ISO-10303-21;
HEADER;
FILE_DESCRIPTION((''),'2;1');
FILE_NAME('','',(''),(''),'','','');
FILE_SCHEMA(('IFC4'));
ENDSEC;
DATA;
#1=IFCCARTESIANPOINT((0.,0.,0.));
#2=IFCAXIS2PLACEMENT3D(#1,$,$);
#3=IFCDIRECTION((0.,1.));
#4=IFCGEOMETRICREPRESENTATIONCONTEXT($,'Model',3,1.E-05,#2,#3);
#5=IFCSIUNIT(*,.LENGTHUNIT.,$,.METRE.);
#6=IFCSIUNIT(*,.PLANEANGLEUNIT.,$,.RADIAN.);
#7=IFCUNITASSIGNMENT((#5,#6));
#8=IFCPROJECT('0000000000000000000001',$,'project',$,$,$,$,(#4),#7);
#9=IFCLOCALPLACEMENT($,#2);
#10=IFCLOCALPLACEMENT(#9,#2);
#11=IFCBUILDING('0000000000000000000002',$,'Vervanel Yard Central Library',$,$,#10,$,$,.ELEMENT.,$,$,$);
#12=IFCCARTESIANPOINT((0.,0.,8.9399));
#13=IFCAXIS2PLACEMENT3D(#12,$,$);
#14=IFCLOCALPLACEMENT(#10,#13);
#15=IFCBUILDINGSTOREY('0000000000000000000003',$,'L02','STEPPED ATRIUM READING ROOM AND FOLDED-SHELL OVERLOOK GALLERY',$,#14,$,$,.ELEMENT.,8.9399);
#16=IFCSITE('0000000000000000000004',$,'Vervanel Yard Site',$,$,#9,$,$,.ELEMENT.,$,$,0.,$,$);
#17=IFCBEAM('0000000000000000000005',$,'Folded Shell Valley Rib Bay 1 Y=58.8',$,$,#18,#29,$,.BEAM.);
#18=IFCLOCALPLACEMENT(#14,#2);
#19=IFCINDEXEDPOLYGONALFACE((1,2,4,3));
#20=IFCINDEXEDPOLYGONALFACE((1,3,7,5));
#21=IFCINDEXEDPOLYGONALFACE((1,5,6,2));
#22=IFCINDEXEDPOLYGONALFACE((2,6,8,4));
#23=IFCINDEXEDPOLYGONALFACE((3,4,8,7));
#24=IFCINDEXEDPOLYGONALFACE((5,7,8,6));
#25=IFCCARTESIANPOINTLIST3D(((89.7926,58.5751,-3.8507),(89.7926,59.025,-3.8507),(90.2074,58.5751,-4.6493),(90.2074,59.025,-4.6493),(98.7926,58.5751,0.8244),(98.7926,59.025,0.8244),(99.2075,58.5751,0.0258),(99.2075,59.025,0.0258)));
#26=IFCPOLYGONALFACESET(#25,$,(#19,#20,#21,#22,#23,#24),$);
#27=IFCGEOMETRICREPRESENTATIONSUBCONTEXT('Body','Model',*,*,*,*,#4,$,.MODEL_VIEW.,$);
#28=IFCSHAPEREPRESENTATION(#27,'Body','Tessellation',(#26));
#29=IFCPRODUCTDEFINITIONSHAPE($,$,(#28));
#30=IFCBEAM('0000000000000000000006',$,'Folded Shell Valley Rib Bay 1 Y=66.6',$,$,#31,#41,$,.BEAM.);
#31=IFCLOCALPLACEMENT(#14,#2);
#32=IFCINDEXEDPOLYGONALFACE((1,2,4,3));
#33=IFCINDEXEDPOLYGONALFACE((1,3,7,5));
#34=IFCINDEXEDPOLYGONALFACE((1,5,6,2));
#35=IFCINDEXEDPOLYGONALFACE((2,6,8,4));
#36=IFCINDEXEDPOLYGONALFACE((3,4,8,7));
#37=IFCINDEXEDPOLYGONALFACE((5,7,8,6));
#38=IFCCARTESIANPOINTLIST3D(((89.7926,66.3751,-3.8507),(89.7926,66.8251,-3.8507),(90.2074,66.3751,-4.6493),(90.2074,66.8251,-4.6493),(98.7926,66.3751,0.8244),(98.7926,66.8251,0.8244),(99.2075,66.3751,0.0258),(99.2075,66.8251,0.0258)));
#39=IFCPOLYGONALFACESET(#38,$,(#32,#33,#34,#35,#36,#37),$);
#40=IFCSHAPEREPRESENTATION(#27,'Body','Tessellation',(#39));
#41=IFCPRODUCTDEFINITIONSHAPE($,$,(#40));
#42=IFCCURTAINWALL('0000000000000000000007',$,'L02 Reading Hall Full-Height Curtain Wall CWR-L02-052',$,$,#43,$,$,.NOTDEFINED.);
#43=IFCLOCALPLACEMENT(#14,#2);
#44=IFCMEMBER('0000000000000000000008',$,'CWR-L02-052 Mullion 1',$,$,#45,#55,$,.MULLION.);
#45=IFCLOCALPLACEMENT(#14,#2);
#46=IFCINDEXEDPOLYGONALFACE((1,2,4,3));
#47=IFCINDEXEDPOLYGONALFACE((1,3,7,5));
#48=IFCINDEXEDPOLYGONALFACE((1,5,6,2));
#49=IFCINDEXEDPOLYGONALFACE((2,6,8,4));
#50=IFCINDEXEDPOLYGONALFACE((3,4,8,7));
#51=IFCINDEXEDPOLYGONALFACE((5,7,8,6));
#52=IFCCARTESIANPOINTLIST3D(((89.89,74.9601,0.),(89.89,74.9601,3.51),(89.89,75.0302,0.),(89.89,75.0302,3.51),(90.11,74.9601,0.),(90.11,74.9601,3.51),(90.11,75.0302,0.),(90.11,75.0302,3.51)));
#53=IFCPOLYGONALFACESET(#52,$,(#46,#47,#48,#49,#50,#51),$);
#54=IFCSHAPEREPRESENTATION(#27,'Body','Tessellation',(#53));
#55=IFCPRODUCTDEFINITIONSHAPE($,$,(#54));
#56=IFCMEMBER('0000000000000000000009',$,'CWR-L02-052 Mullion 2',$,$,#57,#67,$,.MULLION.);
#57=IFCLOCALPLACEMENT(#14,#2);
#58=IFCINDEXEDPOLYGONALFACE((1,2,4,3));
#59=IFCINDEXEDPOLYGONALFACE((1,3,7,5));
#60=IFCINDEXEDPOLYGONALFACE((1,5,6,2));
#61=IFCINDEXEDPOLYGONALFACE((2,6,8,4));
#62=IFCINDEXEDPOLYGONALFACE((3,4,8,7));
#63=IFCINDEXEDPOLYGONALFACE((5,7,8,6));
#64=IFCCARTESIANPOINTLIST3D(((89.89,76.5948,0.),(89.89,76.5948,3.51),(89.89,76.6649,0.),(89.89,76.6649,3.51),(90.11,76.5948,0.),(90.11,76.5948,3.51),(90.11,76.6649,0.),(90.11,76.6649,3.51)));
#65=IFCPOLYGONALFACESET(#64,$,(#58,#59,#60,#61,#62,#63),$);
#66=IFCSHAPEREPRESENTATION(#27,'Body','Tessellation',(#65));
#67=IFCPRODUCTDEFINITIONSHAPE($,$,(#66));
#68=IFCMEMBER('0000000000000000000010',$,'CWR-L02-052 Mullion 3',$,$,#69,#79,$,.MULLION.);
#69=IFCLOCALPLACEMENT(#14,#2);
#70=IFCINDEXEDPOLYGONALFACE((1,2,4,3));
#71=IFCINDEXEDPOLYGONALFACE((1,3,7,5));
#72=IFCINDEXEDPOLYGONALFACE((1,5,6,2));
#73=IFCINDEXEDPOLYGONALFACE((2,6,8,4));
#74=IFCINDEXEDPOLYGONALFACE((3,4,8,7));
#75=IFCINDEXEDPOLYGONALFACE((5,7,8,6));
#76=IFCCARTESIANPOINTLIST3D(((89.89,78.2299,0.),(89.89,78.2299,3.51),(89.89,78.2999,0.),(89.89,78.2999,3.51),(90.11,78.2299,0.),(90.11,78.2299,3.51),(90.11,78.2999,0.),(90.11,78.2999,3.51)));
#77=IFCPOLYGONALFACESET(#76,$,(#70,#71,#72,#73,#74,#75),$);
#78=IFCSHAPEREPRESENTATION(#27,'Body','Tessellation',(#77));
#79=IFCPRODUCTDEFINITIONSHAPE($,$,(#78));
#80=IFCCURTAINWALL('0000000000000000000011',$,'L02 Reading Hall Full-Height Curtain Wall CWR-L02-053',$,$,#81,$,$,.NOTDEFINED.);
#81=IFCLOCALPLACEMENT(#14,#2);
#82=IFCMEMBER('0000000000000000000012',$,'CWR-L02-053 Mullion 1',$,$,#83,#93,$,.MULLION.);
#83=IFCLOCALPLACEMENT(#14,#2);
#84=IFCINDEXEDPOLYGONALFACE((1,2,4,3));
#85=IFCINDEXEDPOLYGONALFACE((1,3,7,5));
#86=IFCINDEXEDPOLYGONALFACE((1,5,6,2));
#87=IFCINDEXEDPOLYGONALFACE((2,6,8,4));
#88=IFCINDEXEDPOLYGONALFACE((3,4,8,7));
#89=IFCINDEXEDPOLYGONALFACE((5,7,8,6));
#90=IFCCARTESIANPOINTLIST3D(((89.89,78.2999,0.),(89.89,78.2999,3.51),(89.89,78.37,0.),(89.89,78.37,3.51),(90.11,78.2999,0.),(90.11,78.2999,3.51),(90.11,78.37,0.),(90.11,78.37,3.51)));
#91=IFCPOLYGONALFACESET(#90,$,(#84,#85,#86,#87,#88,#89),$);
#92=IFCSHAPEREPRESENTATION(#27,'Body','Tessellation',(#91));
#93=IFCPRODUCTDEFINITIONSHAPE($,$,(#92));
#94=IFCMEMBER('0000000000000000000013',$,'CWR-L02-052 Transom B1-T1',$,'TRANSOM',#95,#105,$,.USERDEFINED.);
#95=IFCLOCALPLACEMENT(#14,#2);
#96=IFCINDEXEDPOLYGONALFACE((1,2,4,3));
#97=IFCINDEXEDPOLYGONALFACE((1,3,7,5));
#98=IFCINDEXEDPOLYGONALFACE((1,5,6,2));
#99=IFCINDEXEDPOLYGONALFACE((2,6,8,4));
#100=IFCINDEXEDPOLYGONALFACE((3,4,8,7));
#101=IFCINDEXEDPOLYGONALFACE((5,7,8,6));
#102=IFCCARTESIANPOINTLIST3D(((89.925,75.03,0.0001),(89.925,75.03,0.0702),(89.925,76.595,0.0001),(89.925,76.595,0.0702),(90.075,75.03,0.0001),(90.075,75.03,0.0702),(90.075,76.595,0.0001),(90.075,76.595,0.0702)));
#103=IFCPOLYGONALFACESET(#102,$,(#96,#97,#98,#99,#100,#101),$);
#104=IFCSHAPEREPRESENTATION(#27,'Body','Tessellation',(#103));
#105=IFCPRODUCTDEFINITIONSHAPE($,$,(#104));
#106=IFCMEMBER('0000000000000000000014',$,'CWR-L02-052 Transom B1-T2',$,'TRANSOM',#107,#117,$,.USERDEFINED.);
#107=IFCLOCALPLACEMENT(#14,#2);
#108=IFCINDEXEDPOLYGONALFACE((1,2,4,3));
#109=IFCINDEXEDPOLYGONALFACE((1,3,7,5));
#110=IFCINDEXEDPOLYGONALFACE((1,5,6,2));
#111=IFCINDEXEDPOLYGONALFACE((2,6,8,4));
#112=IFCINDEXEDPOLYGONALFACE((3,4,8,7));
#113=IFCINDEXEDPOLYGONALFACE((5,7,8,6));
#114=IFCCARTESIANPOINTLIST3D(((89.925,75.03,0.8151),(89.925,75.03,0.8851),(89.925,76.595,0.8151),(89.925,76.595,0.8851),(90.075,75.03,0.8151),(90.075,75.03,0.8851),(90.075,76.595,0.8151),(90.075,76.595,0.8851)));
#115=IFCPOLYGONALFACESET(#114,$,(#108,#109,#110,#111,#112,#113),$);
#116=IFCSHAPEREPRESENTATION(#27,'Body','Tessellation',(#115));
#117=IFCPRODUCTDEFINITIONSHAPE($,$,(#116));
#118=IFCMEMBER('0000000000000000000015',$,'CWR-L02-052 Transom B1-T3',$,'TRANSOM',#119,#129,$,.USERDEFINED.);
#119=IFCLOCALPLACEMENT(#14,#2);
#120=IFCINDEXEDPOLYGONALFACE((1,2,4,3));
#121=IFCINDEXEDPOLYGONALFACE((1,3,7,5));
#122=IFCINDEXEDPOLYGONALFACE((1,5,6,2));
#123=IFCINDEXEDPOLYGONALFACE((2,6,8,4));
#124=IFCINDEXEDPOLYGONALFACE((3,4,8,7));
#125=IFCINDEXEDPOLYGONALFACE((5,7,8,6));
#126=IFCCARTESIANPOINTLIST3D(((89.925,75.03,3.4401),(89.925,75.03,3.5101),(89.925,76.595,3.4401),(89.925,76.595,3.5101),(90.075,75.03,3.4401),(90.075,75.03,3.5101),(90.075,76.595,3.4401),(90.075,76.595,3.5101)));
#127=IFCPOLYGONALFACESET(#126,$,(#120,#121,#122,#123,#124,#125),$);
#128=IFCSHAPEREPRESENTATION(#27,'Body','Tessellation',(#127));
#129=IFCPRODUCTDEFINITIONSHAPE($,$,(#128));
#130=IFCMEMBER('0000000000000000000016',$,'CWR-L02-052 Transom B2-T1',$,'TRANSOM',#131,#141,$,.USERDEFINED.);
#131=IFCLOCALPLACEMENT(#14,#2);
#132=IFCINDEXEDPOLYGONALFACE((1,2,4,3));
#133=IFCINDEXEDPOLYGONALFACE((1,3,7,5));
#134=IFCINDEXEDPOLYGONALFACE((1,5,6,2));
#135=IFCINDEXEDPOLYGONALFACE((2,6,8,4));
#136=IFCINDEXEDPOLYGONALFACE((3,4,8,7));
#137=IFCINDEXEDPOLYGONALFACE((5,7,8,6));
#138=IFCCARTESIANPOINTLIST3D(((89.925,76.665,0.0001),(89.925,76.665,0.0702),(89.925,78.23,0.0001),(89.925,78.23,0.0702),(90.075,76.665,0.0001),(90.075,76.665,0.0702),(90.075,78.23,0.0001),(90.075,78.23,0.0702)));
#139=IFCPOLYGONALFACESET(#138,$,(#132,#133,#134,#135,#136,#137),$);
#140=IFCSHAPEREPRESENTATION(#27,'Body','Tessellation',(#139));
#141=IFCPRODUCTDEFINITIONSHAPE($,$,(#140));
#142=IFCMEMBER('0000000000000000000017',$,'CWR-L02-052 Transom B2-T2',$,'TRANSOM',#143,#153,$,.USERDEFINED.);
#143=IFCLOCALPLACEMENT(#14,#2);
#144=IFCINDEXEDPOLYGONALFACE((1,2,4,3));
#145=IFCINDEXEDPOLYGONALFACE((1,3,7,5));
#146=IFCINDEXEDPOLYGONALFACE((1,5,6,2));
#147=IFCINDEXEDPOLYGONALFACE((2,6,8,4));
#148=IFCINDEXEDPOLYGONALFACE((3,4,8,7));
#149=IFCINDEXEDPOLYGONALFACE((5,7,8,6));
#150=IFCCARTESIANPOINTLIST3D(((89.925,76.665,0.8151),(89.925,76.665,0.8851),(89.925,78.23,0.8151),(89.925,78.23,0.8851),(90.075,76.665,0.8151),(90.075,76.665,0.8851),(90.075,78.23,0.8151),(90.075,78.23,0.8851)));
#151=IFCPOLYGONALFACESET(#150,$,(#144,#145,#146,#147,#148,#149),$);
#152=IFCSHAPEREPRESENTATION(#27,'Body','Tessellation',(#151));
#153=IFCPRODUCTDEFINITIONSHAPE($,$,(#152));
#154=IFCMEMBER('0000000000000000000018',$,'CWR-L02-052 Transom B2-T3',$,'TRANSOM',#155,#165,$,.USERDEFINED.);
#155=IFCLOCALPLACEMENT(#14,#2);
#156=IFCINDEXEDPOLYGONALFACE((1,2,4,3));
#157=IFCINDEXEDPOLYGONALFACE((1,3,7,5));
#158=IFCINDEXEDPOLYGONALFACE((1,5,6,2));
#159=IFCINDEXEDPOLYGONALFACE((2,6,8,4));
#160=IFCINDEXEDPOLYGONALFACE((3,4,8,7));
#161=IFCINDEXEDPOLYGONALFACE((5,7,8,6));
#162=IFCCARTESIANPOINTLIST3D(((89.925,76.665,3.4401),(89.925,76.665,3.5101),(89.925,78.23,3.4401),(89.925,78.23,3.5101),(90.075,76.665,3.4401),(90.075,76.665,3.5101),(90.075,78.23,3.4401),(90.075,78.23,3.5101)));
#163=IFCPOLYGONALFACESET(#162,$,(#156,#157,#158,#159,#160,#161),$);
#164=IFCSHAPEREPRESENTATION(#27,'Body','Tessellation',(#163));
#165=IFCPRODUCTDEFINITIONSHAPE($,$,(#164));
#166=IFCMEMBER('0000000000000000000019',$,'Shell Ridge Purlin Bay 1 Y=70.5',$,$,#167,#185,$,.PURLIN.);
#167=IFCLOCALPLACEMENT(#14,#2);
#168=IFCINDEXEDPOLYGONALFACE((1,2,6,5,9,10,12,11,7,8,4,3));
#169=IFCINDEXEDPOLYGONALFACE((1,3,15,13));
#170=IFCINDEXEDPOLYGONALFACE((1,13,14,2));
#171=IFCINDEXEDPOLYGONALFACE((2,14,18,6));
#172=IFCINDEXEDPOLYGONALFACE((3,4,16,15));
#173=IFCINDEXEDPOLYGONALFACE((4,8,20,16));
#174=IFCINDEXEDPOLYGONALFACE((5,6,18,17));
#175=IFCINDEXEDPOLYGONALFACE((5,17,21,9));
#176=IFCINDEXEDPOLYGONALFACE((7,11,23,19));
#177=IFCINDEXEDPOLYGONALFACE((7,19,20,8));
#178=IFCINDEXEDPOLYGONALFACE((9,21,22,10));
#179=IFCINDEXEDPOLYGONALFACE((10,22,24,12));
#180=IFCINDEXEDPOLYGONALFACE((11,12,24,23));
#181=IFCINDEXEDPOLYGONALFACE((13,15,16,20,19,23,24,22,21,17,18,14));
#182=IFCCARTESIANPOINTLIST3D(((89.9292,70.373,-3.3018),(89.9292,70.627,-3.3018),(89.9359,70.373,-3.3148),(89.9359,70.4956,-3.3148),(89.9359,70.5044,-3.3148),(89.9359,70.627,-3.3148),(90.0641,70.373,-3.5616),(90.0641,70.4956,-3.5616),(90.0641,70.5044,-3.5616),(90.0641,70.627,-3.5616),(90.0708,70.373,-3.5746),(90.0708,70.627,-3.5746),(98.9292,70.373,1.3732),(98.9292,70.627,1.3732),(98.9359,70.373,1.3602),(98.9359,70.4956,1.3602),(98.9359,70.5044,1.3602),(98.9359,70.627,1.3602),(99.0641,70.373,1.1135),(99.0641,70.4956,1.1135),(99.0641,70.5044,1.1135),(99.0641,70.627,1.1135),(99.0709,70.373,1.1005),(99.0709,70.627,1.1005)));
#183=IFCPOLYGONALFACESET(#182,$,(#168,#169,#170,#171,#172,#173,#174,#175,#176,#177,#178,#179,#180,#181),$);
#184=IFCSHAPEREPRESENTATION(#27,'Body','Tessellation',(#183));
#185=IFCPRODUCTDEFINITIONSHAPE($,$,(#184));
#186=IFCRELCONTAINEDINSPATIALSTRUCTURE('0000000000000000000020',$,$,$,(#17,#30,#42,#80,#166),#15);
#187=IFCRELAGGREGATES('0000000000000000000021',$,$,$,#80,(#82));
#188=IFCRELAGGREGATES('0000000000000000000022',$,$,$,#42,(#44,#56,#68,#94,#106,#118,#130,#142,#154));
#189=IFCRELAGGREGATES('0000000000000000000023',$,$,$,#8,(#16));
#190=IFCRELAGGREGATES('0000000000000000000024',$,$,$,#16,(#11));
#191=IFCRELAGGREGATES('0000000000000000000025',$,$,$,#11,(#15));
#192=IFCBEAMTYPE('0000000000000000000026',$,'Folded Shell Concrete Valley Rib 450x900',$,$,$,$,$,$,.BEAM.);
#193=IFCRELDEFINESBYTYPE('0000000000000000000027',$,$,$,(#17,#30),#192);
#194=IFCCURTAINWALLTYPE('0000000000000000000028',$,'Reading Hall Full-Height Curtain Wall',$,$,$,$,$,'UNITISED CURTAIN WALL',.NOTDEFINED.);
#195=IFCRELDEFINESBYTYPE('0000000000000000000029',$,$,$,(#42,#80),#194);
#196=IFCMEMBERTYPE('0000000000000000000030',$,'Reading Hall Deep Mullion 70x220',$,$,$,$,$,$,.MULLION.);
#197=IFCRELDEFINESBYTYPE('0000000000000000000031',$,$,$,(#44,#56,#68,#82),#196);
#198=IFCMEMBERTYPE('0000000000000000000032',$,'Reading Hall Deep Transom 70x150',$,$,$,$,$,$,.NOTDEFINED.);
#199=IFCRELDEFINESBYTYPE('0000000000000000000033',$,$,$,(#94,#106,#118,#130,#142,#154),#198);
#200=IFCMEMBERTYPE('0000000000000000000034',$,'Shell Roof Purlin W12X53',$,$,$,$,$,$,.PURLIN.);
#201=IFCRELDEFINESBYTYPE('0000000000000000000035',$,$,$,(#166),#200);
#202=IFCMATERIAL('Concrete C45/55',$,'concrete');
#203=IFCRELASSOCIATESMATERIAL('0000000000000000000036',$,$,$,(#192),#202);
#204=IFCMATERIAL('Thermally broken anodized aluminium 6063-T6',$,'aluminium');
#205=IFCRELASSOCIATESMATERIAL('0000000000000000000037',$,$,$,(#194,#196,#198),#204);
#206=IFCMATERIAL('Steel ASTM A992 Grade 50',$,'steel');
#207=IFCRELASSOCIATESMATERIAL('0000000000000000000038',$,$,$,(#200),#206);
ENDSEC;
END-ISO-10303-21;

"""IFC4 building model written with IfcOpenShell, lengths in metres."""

from ifc_helpers import new_model, si_unit, direction, frame, origin, origin_2d, place, context, subcontext, project, spatial, rectangle, i_section, extrude, material, material_profile, profile_set, type_object, element, aggregate, save


model = new_model("IFC4")

# Units and contexts
model_context = context("Model", 3, precision=1e-05, world=origin(), true_north=direction((0.0, 1.0)))
body_context = subcontext(model_context, "Body", "Model", "MODEL_VIEW")
ifc_project = project(units=[si_unit("LENGTHUNIT", "METRE"), si_unit("PLANEANGLEUNIT", "RADIAN")], contexts=[model_context])

# Site, building, storey
site_placement = place(None, origin())
site = spatial("IfcSite", under=ifc_project, at=site_placement, Name="Vervanel Yard Site", CompositionType="ELEMENT", RefElevation=0.0)
building_placement = place(site_placement, origin())
building = spatial("IfcBuilding", under=site, at=building_placement, Name="Vervanel Yard Central Library", CompositionType="ELEMENT")
storey_placement = place(building_placement, frame((0.0, 0.0, 8.9399)))
storey = spatial("IfcBuildingStorey", under=building, at=storey_placement, Name="L02", Description="STEPPED ATRIUM READING ROOM AND FOLDED-SHELL OVERLOOK GALLERY", CompositionType="ELEMENT", Elevation=8.9399)

# Beams
ifc_material_1 = material(Name="Concrete C45/55", Category="concrete")
ifc_material_profile_1 = material_profile(ifc_material_1, rectangle(XDim=0.45, YDim=0.8999, at=origin_2d()), Name="RC 450x900", Category="concrete")
ifc_profile_set_1 = profile_set([ifc_material_profile_1], Name="Concrete C45/55")
beam_type = type_object("IfcBeamType", Name="Folded Shell Concrete Valley Rib 450x900", PredefinedType="BEAM", material=ifc_profile_set_1)
for number, where, z_axis, x_axis, name in (
    (1, (90.0, 58.8, -4.25), (0.887417, 0.0, 0.460968), (0.0, 1.0, 0.0), "Folded Shell Valley Rib Bay 1 Y=58.8"),
    (2, (90.0, 66.6001, -4.25), (0.887417, 0.0, 0.460968), (0.0, 1.0, 0.0), "Folded Shell Valley Rib Bay 1 Y=66.6"),
):
    element("IfcBeam", number, at=place(storey_placement, frame(where, z_axis=z_axis, x_axis=x_axis)), inside=storey, type_object=beam_type, Name=name, PredefinedType="BEAM", context=body_context, shape_type="SweptSolid", body=[
        extrude(rectangle(XDim=0.45, YDim=0.8999, at=origin_2d()), origin(), (0.0, 0.0, 1.0), 10.1418),
    ])

# Curtain wall, members
ifc_material_2 = material(Name="Thermally broken anodized aluminium 6063-T6", Category="aluminium")
curtain_wall_type = type_object("IfcCurtainWallType", Name="Reading Hall Full-Height Curtain Wall", ElementType="UNITISED CURTAIN WALL", PredefinedType="NOTDEFINED", material=ifc_material_2)
curtain_wall_1_placement = place(storey_placement, origin())
curtain_wall_1 = element("IfcCurtainWall", 3, at=curtain_wall_1_placement, inside=storey, type_object=curtain_wall_type, Name="L02 Reading Hall Full-Height Curtain Wall CWR-L02-052", PredefinedType="NOTDEFINED")
ifc_material_profile_2 = material_profile(ifc_material_2, rectangle(XDim=0.0701, YDim=0.22, at=origin_2d()), Name="ALU 70x220", Category="aluminium")
ifc_profile_set_2 = profile_set([ifc_material_profile_2], Name="Thermally broken anodized aluminium 6063-T6")
member_type_1 = type_object("IfcMemberType", Name="Reading Hall Deep Mullion 70x220", PredefinedType="MULLION", material=ifc_profile_set_2)
member_1_placement = place(storey_placement, frame((90.0, 74.9951, 0.0), z_axis=(0.0, 0.0, 1.0), x_axis=(0.0, 1.0, 0.0)))
member_1 = element("IfcMember", 4, at=member_1_placement, type_object=member_type_1, Name="CWR-L02-052 Mullion 1", PredefinedType="MULLION", context=body_context, shape_type="SweptSolid", body=[
    extrude(rectangle(XDim=0.0701, YDim=0.22, at=origin_2d()), origin(), (0.0, 0.0, 1.0), 3.51),
])
member_2_placement = place(storey_placement, frame((90.0, 76.6299, 0.0), z_axis=(0.0, 0.0, 1.0), x_axis=(0.0, 1.0, 0.0)))
member_2 = element("IfcMember", 5, at=member_2_placement, type_object=member_type_1, Name="CWR-L02-052 Mullion 2", PredefinedType="MULLION", context=body_context, shape_type="SweptSolid", body=[
    extrude(rectangle(XDim=0.0701, YDim=0.22, at=origin_2d()), origin(), (0.0, 0.0, 1.0), 3.51),
])
member_3_placement = place(storey_placement, frame((90.0, 78.2649, 0.0), z_axis=(0.0, 0.0, 1.0), x_axis=(0.0, 1.0, 0.0)))
member_3 = element("IfcMember", 6, at=member_3_placement, type_object=member_type_1, Name="CWR-L02-052 Mullion 3", PredefinedType="MULLION", context=body_context, shape_type="SweptSolid", body=[
    extrude(rectangle(XDim=0.0701, YDim=0.22, at=origin_2d()), origin(), (0.0, 0.0, 1.0), 3.51),
])

# Curtain wall, member
curtain_wall_2_placement = place(storey_placement, origin())
curtain_wall_2 = element("IfcCurtainWall", 7, at=curtain_wall_2_placement, inside=storey, type_object=curtain_wall_type, Name="L02 Reading Hall Full-Height Curtain Wall CWR-L02-053", PredefinedType="NOTDEFINED")
member_4_placement = place(storey_placement, frame((90.0, 78.335, 0.0), z_axis=(0.0, 0.0, 1.0), x_axis=(0.0, 1.0, 0.0)))
member_4 = element("IfcMember", 8, at=member_4_placement, type_object=member_type_1, Name="CWR-L02-053 Mullion 1", PredefinedType="MULLION", context=body_context, shape_type="SweptSolid", body=[
    extrude(rectangle(XDim=0.0701, YDim=0.22, at=origin_2d()), origin(), (0.0, 0.0, 1.0), 3.51),
])
aggregate(curtain_wall_2, [member_4])

# Members
ifc_material_profile_3 = material_profile(ifc_material_2, rectangle(XDim=0.0701, YDim=0.1499, at=origin_2d()), Name="ALU 70x150", Category="aluminium")
ifc_profile_set_3 = profile_set([ifc_material_profile_3], Name="Thermally broken anodized aluminium 6063-T6")
member_type_2 = type_object("IfcMemberType", Name="Reading Hall Deep Transom 70x150", PredefinedType="NOTDEFINED", material=ifc_profile_set_3)
member_5_placement = place(storey_placement, frame((90.0, 75.03, 0.0352), z_axis=(0.0, 1.0, 0.0), x_axis=(0.0, 0.0, 1.0)))
member_5 = element("IfcMember", 9, at=member_5_placement, type_object=member_type_2, Name="CWR-L02-052 Transom B1-T1", ObjectType="TRANSOM", PredefinedType="USERDEFINED", context=body_context, shape_type="SweptSolid", body=[
    extrude(rectangle(XDim=0.0701, YDim=0.1499, at=origin_2d()), origin(), (0.0, 0.0, 1.0), 1.5649),
])
member_6_placement = place(storey_placement, frame((90.0, 75.03, 0.8501), z_axis=(0.0, 1.0, 0.0), x_axis=(0.0, 0.0, 1.0)))
member_6 = element("IfcMember", 10, at=member_6_placement, type_object=member_type_2, Name="CWR-L02-052 Transom B1-T2", ObjectType="TRANSOM", PredefinedType="USERDEFINED", context=body_context, shape_type="SweptSolid", body=[
    extrude(rectangle(XDim=0.0701, YDim=0.1499, at=origin_2d()), origin(), (0.0, 0.0, 1.0), 1.5649),
])
member_7_placement = place(storey_placement, frame((90.0, 75.03, 3.4751), z_axis=(0.0, 1.0, 0.0), x_axis=(0.0, 0.0, 1.0)))
member_7 = element("IfcMember", 11, at=member_7_placement, type_object=member_type_2, Name="CWR-L02-052 Transom B1-T3", ObjectType="TRANSOM", PredefinedType="USERDEFINED", context=body_context, shape_type="SweptSolid", body=[
    extrude(rectangle(XDim=0.0701, YDim=0.1499, at=origin_2d()), origin(), (0.0, 0.0, 1.0), 1.5649),
])
member_8_placement = place(storey_placement, frame((90.0, 76.665, 0.0352), z_axis=(0.0, 1.0, 0.0), x_axis=(0.0, 0.0, 1.0)))
member_8 = element("IfcMember", 12, at=member_8_placement, type_object=member_type_2, Name="CWR-L02-052 Transom B2-T1", ObjectType="TRANSOM", PredefinedType="USERDEFINED", context=body_context, shape_type="SweptSolid", body=[
    extrude(rectangle(XDim=0.0701, YDim=0.1499, at=origin_2d()), origin(), (0.0, 0.0, 1.0), 1.5649),
])
member_9_placement = place(storey_placement, frame((90.0, 76.665, 0.8501), z_axis=(0.0, 1.0, 0.0), x_axis=(0.0, 0.0, 1.0)))
member_9 = element("IfcMember", 13, at=member_9_placement, type_object=member_type_2, Name="CWR-L02-052 Transom B2-T2", ObjectType="TRANSOM", PredefinedType="USERDEFINED", context=body_context, shape_type="SweptSolid", body=[
    extrude(rectangle(XDim=0.0701, YDim=0.1499, at=origin_2d()), origin(), (0.0, 0.0, 1.0), 1.5649),
])
member_10_placement = place(storey_placement, frame((90.0, 76.665, 3.4751), z_axis=(0.0, 1.0, 0.0), x_axis=(0.0, 0.0, 1.0)))
member_10 = element("IfcMember", 14, at=member_10_placement, type_object=member_type_2, Name="CWR-L02-052 Transom B2-T3", ObjectType="TRANSOM", PredefinedType="USERDEFINED", context=body_context, shape_type="SweptSolid", body=[
    extrude(rectangle(XDim=0.0701, YDim=0.1499, at=origin_2d()), origin(), (0.0, 0.0, 1.0), 1.5649),
])
ifc_material_3 = material(Name="Steel ASTM A992 Grade 50", Category="steel")
ifc_material_profile_4 = material_profile(ifc_material_3, i_section(OverallWidth=0.2539, OverallDepth=0.3074, WebThickness=0.0088, FlangeThickness=0.0146, at=origin_2d()), Name="W12X53", Category="steel")
ifc_profile_set_4 = profile_set([ifc_material_profile_4], Name="Steel ASTM A992 Grade 50")
member_type_3 = type_object("IfcMemberType", Name="Shell Roof Purlin W12X53", PredefinedType="PURLIN", material=ifc_profile_set_4)
member_11_placement = place(storey_placement, frame((90.0, 70.5, -3.4382), z_axis=(0.887417, 0.0, 0.460968), x_axis=(0.0, 1.0, 0.0)))
element("IfcMember", 15, at=member_11_placement, inside=storey, type_object=member_type_3, Name="Shell Ridge Purlin Bay 1 Y=70.5", PredefinedType="PURLIN", context=body_context, shape_type="SweptSolid", body=[
    extrude(i_section(OverallWidth=0.2539, OverallDepth=0.3074, WebThickness=0.0088, FlangeThickness=0.0146, at=origin_2d()), origin(), (0.0, 0.0, 1.0), 10.1418),
])

aggregate(curtain_wall_1, [member_1, member_2, member_3, member_5, member_6, member_7, member_8, member_9, member_10])

save(model, "model.ifc")
